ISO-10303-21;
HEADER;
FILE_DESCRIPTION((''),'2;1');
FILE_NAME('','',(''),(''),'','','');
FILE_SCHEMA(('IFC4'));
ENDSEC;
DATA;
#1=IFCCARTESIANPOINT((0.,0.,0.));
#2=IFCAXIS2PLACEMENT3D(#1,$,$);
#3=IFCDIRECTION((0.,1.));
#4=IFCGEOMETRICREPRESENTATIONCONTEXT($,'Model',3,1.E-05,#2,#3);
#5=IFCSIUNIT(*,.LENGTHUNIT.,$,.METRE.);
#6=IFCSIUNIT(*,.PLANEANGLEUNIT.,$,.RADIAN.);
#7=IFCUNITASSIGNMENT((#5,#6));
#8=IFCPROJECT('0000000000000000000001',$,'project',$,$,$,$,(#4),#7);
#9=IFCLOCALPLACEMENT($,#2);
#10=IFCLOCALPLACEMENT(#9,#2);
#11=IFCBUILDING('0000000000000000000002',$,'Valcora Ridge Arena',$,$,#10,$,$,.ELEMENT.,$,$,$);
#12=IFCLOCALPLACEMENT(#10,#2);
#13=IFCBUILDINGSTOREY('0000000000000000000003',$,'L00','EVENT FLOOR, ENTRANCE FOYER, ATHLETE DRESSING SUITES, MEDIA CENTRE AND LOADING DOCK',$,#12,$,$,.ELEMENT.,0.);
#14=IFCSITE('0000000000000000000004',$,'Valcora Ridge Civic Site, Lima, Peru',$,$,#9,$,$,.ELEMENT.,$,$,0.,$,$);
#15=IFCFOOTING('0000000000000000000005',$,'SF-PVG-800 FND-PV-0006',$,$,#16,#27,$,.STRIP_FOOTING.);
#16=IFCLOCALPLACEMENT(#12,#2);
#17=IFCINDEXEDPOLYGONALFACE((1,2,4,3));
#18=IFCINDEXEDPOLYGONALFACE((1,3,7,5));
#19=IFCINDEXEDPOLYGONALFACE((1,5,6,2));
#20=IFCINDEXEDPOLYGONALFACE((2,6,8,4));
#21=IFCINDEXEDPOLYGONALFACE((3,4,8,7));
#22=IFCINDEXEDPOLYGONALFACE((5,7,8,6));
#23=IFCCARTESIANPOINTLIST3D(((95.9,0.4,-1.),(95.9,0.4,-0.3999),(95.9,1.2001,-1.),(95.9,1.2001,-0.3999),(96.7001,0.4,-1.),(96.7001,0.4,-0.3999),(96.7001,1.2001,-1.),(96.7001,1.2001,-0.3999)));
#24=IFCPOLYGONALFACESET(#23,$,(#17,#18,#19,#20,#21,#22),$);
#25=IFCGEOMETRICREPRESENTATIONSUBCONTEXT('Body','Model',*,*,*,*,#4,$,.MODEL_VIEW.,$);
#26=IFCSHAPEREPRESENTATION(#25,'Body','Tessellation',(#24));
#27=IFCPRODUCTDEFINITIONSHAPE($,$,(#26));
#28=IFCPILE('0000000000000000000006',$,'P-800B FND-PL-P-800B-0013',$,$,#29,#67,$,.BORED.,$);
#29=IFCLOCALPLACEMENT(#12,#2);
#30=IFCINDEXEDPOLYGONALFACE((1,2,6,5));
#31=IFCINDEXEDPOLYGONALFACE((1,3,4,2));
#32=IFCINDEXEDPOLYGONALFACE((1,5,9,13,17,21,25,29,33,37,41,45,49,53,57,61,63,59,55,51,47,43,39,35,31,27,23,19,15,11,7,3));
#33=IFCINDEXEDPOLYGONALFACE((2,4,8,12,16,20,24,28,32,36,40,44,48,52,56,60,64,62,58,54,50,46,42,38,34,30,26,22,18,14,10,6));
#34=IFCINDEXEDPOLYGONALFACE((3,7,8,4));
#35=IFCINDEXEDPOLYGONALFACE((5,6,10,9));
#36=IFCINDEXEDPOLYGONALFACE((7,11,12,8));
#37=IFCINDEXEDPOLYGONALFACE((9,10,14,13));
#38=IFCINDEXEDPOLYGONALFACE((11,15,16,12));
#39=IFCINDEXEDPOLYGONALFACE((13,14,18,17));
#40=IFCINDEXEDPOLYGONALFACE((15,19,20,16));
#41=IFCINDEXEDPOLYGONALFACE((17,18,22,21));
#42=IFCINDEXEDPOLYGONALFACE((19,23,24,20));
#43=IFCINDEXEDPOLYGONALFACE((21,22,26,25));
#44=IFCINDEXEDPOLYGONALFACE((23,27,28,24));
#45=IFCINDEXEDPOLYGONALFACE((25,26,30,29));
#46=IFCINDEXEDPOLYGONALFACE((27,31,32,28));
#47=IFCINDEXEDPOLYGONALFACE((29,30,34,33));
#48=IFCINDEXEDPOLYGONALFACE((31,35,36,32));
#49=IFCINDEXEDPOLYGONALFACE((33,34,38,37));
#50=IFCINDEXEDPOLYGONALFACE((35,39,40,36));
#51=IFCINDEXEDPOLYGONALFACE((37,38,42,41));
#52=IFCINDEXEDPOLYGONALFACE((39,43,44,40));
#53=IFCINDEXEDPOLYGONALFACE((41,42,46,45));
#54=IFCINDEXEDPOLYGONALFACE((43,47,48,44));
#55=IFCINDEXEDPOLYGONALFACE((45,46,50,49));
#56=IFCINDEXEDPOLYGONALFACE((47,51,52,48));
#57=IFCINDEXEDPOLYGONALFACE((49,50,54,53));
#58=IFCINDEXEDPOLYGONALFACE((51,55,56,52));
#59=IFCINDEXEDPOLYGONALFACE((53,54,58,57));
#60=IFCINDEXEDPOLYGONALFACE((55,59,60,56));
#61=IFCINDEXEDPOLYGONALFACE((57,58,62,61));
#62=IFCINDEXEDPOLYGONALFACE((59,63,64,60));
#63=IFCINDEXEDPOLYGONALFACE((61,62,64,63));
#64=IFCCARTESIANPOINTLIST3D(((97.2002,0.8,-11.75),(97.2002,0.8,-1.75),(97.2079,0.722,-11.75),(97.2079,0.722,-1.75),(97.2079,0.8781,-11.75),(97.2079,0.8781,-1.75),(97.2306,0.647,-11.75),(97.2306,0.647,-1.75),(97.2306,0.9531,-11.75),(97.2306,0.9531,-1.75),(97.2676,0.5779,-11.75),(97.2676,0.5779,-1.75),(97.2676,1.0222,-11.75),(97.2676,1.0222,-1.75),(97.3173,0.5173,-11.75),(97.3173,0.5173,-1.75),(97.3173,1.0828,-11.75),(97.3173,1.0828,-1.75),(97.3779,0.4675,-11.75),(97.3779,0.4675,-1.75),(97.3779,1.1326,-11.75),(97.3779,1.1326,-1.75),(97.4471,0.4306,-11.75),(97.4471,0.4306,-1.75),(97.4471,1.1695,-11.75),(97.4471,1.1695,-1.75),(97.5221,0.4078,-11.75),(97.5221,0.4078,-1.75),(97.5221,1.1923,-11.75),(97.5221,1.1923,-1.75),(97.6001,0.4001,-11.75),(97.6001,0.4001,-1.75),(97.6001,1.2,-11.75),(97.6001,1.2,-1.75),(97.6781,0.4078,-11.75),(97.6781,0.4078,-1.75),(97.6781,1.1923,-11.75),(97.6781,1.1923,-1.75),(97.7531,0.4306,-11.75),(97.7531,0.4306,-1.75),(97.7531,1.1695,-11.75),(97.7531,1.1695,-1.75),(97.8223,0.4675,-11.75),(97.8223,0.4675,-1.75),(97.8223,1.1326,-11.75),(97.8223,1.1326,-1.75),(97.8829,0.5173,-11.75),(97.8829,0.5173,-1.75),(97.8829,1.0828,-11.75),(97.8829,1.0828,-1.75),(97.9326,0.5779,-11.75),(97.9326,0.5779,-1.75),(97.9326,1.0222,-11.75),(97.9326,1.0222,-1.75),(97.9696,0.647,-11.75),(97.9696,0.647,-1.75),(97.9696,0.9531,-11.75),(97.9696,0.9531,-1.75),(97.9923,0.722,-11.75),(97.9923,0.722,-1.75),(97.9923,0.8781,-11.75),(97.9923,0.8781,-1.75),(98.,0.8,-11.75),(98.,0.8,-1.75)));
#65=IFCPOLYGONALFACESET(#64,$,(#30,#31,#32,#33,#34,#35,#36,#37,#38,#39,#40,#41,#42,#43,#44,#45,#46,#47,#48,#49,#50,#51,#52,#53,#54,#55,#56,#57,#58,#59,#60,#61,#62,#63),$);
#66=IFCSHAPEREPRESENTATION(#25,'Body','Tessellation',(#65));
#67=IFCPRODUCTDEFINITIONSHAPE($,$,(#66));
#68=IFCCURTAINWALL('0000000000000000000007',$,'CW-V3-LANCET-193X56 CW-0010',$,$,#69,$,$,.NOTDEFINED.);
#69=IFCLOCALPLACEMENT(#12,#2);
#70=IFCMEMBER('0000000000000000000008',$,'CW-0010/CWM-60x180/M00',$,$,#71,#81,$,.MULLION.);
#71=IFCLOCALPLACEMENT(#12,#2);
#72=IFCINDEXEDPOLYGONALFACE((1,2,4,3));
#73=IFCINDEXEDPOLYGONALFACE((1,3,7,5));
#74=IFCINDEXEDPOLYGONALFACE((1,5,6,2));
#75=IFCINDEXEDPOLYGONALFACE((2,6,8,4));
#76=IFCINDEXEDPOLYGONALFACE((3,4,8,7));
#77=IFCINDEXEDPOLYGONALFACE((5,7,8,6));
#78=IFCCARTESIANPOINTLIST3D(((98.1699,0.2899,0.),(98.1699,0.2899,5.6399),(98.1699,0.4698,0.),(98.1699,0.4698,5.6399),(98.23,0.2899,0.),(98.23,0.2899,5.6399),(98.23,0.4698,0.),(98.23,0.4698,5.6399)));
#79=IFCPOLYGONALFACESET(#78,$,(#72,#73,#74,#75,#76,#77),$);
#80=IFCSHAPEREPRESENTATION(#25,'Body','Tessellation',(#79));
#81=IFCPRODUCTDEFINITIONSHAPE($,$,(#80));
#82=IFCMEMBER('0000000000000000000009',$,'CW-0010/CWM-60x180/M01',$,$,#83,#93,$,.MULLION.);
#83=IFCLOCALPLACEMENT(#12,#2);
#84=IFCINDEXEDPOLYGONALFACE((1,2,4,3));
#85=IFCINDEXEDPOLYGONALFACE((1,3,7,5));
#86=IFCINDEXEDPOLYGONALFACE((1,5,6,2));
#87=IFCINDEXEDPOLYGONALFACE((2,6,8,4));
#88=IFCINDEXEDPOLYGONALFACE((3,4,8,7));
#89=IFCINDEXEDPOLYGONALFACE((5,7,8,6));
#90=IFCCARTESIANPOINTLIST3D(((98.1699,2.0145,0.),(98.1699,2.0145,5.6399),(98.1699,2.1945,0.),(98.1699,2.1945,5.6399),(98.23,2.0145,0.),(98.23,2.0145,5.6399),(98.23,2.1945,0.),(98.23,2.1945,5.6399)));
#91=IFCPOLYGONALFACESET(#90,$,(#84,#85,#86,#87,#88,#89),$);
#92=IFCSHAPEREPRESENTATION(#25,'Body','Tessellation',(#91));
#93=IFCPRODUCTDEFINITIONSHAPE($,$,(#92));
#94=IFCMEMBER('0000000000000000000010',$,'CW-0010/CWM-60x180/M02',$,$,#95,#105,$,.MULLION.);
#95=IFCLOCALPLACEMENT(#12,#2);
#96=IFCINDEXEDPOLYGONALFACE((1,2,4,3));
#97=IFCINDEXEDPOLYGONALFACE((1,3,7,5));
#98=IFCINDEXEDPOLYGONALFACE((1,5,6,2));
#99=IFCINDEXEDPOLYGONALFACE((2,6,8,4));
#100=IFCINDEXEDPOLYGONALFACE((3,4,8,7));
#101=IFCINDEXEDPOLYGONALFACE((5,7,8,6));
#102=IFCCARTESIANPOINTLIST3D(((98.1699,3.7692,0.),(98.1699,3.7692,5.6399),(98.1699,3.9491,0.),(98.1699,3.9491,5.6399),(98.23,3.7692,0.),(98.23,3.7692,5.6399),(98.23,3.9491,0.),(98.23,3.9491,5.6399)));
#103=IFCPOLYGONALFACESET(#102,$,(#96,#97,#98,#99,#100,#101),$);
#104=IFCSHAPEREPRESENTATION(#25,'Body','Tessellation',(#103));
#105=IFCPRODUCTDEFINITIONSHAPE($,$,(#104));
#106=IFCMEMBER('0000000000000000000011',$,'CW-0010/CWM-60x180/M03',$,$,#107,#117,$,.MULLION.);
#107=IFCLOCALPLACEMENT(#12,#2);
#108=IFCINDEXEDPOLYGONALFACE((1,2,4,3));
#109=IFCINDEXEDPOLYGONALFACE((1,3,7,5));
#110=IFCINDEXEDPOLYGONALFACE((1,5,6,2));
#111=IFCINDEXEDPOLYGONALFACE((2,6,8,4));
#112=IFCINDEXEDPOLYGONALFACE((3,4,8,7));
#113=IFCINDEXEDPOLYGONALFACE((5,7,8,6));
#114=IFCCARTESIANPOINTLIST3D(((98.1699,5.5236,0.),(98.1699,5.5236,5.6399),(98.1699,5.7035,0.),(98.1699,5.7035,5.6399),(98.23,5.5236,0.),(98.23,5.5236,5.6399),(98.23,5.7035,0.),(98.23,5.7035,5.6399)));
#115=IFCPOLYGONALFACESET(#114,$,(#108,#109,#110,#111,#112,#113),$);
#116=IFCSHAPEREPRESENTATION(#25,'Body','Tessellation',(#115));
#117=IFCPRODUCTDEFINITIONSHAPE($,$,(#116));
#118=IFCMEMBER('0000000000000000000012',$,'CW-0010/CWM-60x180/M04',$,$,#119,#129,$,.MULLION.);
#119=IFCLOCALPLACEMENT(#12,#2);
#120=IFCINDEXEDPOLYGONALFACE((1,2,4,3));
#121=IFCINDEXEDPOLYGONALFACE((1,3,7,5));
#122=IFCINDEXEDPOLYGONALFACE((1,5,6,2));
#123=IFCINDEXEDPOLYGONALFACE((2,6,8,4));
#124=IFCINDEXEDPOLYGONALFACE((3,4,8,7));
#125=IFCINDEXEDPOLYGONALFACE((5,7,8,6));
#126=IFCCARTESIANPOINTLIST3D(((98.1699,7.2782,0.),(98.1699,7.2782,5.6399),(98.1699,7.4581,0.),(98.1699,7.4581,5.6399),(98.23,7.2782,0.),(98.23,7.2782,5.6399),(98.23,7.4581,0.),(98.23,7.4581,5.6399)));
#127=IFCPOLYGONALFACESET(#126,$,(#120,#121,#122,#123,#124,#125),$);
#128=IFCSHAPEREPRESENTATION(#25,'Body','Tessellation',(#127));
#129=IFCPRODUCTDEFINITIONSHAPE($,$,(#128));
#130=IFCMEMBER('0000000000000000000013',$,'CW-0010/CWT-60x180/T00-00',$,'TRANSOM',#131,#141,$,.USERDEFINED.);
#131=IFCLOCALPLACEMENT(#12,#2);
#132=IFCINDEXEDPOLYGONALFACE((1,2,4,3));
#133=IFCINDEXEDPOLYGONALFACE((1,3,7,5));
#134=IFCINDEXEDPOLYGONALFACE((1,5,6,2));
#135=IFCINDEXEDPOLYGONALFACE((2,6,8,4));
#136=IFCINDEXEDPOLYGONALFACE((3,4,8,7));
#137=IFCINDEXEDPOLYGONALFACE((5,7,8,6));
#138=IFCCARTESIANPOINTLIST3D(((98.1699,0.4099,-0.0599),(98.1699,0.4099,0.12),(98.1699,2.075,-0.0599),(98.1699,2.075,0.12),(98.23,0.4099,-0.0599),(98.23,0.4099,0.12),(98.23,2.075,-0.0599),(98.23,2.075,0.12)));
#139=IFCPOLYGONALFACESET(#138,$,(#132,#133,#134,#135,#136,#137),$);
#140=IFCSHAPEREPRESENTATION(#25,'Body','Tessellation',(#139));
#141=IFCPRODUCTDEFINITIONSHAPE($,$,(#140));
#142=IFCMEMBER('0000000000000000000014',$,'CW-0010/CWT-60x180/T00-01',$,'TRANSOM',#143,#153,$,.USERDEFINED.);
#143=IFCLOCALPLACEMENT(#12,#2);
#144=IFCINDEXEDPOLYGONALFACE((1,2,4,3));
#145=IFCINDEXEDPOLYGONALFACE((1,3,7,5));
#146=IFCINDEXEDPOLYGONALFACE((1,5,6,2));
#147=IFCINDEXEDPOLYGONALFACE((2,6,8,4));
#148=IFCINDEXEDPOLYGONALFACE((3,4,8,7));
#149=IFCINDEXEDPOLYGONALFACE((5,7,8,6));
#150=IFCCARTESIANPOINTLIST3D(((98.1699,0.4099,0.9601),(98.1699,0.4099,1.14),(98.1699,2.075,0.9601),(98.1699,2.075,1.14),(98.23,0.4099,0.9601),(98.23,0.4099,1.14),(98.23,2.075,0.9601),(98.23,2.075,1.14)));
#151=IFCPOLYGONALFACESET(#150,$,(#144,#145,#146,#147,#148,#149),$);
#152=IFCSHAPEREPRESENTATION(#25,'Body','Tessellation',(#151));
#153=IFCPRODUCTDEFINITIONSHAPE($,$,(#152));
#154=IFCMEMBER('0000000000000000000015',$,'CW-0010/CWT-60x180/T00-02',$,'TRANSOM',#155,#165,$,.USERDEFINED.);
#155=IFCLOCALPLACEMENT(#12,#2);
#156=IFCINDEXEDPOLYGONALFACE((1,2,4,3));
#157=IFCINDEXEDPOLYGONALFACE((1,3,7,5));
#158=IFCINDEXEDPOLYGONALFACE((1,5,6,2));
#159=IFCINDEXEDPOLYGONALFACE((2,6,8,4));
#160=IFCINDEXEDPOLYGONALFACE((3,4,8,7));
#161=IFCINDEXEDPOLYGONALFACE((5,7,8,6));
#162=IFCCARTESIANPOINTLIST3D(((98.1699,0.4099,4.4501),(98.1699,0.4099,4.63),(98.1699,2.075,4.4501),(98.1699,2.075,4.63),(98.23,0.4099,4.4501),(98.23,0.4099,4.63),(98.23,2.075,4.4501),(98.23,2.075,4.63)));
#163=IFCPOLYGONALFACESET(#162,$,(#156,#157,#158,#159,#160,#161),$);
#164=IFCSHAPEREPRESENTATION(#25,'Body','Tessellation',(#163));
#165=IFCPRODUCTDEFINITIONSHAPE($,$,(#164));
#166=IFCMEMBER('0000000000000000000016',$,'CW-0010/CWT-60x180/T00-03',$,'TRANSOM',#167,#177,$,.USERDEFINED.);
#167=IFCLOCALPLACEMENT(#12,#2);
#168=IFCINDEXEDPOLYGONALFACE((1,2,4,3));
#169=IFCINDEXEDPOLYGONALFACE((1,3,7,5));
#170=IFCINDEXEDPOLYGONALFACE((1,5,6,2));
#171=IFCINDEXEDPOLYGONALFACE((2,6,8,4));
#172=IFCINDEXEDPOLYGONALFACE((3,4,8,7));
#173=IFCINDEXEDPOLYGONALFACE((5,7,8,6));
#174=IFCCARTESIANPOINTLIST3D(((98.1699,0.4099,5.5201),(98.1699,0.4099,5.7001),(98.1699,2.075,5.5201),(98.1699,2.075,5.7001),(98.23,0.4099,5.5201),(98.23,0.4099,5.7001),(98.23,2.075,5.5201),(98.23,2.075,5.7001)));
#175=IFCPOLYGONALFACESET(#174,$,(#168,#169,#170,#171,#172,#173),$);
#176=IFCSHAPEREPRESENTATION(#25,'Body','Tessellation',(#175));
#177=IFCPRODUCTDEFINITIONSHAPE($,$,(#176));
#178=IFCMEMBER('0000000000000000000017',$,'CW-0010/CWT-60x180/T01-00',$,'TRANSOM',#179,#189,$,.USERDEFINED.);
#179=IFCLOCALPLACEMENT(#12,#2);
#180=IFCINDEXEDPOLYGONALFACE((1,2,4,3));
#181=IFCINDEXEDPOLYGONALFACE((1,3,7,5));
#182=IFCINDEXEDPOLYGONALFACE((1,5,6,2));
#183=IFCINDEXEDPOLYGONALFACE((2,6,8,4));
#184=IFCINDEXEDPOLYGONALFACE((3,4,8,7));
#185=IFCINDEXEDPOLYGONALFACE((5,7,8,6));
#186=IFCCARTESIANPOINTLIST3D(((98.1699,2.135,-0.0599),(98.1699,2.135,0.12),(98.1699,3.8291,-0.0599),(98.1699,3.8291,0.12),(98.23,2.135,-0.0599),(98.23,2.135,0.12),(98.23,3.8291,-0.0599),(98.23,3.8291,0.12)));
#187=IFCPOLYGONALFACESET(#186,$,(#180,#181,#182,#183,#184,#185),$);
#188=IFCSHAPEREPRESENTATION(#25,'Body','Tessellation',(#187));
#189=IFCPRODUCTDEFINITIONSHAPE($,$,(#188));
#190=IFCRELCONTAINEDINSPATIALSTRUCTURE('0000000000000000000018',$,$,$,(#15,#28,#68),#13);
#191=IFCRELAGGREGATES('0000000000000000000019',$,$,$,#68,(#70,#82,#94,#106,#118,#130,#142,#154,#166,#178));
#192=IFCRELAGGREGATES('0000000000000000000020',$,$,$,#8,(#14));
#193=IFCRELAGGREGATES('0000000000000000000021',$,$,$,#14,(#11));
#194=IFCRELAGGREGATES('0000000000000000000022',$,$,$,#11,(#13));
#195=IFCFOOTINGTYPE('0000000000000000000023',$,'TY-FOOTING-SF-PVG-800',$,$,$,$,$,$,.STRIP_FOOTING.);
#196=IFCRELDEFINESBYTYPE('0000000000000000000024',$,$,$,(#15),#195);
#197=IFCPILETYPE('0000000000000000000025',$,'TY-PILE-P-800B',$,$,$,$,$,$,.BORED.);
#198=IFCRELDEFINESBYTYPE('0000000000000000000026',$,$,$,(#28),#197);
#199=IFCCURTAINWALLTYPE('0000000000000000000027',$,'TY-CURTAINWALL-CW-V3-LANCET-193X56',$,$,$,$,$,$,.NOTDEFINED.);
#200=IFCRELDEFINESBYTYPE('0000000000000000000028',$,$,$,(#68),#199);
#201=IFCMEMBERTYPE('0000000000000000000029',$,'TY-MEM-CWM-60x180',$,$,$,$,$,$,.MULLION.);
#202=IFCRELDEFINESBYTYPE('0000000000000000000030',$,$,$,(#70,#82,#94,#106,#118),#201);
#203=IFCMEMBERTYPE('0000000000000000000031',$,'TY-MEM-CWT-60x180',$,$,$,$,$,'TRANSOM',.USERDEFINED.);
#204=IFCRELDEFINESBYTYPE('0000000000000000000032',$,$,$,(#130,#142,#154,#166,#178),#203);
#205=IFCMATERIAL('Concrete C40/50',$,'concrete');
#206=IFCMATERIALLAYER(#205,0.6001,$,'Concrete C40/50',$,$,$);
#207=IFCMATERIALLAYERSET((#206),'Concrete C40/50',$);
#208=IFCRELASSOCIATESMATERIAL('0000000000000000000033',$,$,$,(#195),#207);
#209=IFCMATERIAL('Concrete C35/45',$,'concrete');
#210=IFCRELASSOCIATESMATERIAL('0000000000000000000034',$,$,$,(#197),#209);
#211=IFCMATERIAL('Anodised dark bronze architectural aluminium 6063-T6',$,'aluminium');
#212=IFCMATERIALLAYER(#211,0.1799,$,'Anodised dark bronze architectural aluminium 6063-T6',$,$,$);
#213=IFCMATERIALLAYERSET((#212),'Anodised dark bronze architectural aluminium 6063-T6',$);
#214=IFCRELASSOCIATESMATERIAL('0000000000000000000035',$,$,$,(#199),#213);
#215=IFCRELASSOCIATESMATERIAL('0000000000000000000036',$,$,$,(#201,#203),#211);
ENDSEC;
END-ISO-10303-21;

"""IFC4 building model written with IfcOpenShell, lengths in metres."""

from ifc_helpers import new_model, si_unit, direction, frame, origin, origin_2d, place, context, subcontext, project, spatial, rectangle, circle, extrude, material, layer, layer_set, material_profile, profile_set, type_object, element, aggregate, save


model = new_model("IFC4")

# Units and contexts
model_context = context("Model", 3, precision=1e-05, world=origin(), true_north=direction((0.0, 1.0)))
body_context = subcontext(model_context, "Body", "Model", "MODEL_VIEW")
ifc_project = project(units=[si_unit("LENGTHUNIT", "METRE"), si_unit("PLANEANGLEUNIT", "RADIAN")], contexts=[model_context])

# Site, building, storey
site_placement = place(None, origin())
site = spatial("IfcSite", under=ifc_project, at=site_placement, Name="Valcora Ridge Civic Site, Lima, Peru", CompositionType="ELEMENT", RefElevation=0.0)
building_placement = place(site_placement, origin())
building = spatial("IfcBuilding", under=site, at=building_placement, Name="Valcora Ridge Arena", CompositionType="ELEMENT")
storey_placement = place(building_placement, origin())
storey = spatial("IfcBuildingStorey", under=building, at=storey_placement, Name="L00", Description="EVENT FLOOR, ENTRANCE FOYER, ATHLETE DRESSING SUITES, MEDIA CENTRE AND LOADING DOCK", CompositionType="ELEMENT", Elevation=0.0)

# Footing
ifc_material_1 = material(Name="Concrete C40/50", Category="concrete")
ifc_layer_1 = layer(ifc_material_1, 0.6001, Name="Concrete C40/50")
ifc_layer_set_1 = layer_set([ifc_layer_1], Name="Concrete C40/50")
footing_type = type_object("IfcFootingType", Name="TY-FOOTING-SF-PVG-800", PredefinedType="STRIP_FOOTING", material=ifc_layer_set_1)
footing_placement = place(storey_placement, frame((96.3, 0.8, -1.0), z_axis=(0.0, 0.0, 1.0), x_axis=(1.0, 0.0, 0.0)))
element("IfcFooting", 1, at=footing_placement, inside=storey, type_object=footing_type, Name="SF-PVG-800 FND-PV-0006", PredefinedType="STRIP_FOOTING", context=body_context, shape_type="SweptSolid", body=[
    extrude(rectangle(XDim=0.8, YDim=0.8, at=origin_2d()), origin(), (0.0, 0.0, 1.0), 0.6001),
])

# Pile
ifc_material_2 = material(Name="Concrete C35/45", Category="concrete")
ifc_material_profile_1 = material_profile(ifc_material_2, circle(Radius=0.3999, at=origin_2d()), Name="BORED PILE D800")
ifc_profile_set_1 = profile_set([ifc_material_profile_1], Name="Concrete C35/45")
pile_type = type_object("IfcPileType", Name="TY-PILE-P-800B", PredefinedType="BORED", material=ifc_profile_set_1)
pile_placement = place(storey_placement, frame((97.6001, 0.8, -1.75), z_axis=(0.0, 0.0, -1.0), x_axis=(1.0, 0.0, 0.0)))
element("IfcPile", 2, at=pile_placement, inside=storey, type_object=pile_type, Name="P-800B FND-PL-P-800B-0013", PredefinedType="BORED", context=body_context, shape_type="SweptSolid", body=[
    extrude(circle(Radius=0.3999, at=origin_2d()), origin(), (0.0, 0.0, 1.0), 10.0),
])

# Curtain wall, members
ifc_material_3 = material(Name="Anodised dark bronze architectural aluminium 6063-T6", Category="aluminium")
ifc_layer_2 = layer(ifc_material_3, 0.1799, Name="Anodised dark bronze architectural aluminium 6063-T6")
ifc_layer_set_2 = layer_set([ifc_layer_2], Name="Anodised dark bronze architectural aluminium 6063-T6")
curtain_wall_type = type_object("IfcCurtainWallType", Name="TY-CURTAINWALL-CW-V3-LANCET-193X56", PredefinedType="NOTDEFINED", material=ifc_layer_set_2)
curtain_wall_placement = place(storey_placement, origin())
curtain_wall = element("IfcCurtainWall", 3, at=curtain_wall_placement, inside=storey, type_object=curtain_wall_type, Name="CW-V3-LANCET-193X56 CW-0010", PredefinedType="NOTDEFINED")
ifc_material_profile_2 = material_profile(ifc_material_3, rectangle(XDim=0.0601, YDim=0.1799, at=origin_2d()), Name="ALU MULLION 60x180")
ifc_profile_set_2 = profile_set([ifc_material_profile_2], Name="Anodised dark bronze architectural aluminium 6063-T6")
member_type_1 = type_object("IfcMemberType", Name="TY-MEM-CWM-60x180", PredefinedType="MULLION", material=ifc_profile_set_2)
member_1_placement = place(storey_placement, frame((98.2, 0.3799, 0.0), z_axis=(0.0, 0.0, 1.0), x_axis=(-1.0, 0.0, 0.0)))
member_1 = element("IfcMember", 4, at=member_1_placement, type_object=member_type_1, Name="CW-0010/CWM-60x180/M00", PredefinedType="MULLION", context=body_context, shape_type="SweptSolid", body=[
    extrude(rectangle(XDim=0.0601, YDim=0.1799, at=origin_2d()), origin(), (0.0, 0.0, 1.0), 5.6399),
])
member_2_placement = place(storey_placement, frame((98.2, 2.1045, 0.0), z_axis=(0.0, 0.0, 1.0), x_axis=(-1.0, 0.0, 0.0)))
member_2 = element("IfcMember", 5, at=member_2_placement, type_object=member_type_1, Name="CW-0010/CWM-60x180/M01", PredefinedType="MULLION", context=body_context, shape_type="SweptSolid", body=[
    extrude(rectangle(XDim=0.0601, YDim=0.1799, at=origin_2d()), origin(), (0.0, 0.0, 1.0), 5.6399),
])
member_3_placement = place(storey_placement, frame((98.2, 3.8591, 0.0), z_axis=(0.0, 0.0, 1.0), x_axis=(-1.0, 0.0, 0.0)))
member_3 = element("IfcMember", 6, at=member_3_placement, type_object=member_type_1, Name="CW-0010/CWM-60x180/M02", PredefinedType="MULLION", context=body_context, shape_type="SweptSolid", body=[
    extrude(rectangle(XDim=0.0601, YDim=0.1799, at=origin_2d()), origin(), (0.0, 0.0, 1.0), 5.6399),
])
member_4_placement = place(storey_placement, frame((98.2, 5.6135, 0.0), z_axis=(0.0, 0.0, 1.0), x_axis=(-1.0, 0.0, 0.0)))
member_4 = element("IfcMember", 7, at=member_4_placement, type_object=member_type_1, Name="CW-0010/CWM-60x180/M03", PredefinedType="MULLION", context=body_context, shape_type="SweptSolid", body=[
    extrude(rectangle(XDim=0.0601, YDim=0.1799, at=origin_2d()), origin(), (0.0, 0.0, 1.0), 5.6399),
])
member_5_placement = place(storey_placement, frame((98.2, 7.3682, 0.0), z_axis=(0.0, 0.0, 1.0), x_axis=(-1.0, 0.0, 0.0)))
member_5 = element("IfcMember", 8, at=member_5_placement, type_object=member_type_1, Name="CW-0010/CWM-60x180/M04", PredefinedType="MULLION", context=body_context, shape_type="SweptSolid", body=[
    extrude(rectangle(XDim=0.0601, YDim=0.1799, at=origin_2d()), origin(), (0.0, 0.0, 1.0), 5.6399),
])
ifc_material_profile_3 = material_profile(ifc_material_3, rectangle(XDim=0.0601, YDim=0.1799, at=origin_2d()), Name="ALU TRANSOM 60x180")
ifc_profile_set_3 = profile_set([ifc_material_profile_3], Name="Anodised dark bronze architectural aluminium 6063-T6")
member_type_2 = type_object("IfcMemberType", Name="TY-MEM-CWT-60x180", ElementType="TRANSOM", PredefinedType="USERDEFINED", material=ifc_profile_set_3)
member_6_placement = place(storey_placement, frame((98.2, 0.4099, 0.03), z_axis=(0.0, 1.0, 0.0), x_axis=(-1.0, 0.0, 0.0)))
member_6 = element("IfcMember", 9, at=member_6_placement, type_object=member_type_2, Name="CW-0010/CWT-60x180/T00-00", ObjectType="TRANSOM", PredefinedType="USERDEFINED", context=body_context, shape_type="SweptSolid", body=[
    extrude(rectangle(XDim=0.0601, YDim=0.1799, at=origin_2d()), origin(), (0.0, 0.0, 1.0), 1.665),
])
member_7_placement = place(storey_placement, frame((98.2, 0.4099, 1.05), z_axis=(0.0, 1.0, 0.0), x_axis=(-1.0, 0.0, 0.0)))
member_7 = element("IfcMember", 10, at=member_7_placement, type_object=member_type_2, Name="CW-0010/CWT-60x180/T00-01", ObjectType="TRANSOM", PredefinedType="USERDEFINED", context=body_context, shape_type="SweptSolid", body=[
    extrude(rectangle(XDim=0.0601, YDim=0.1799, at=origin_2d()), origin(), (0.0, 0.0, 1.0), 1.665),
])
member_8_placement = place(storey_placement, frame((98.2, 0.4099, 4.54), z_axis=(0.0, 1.0, 0.0), x_axis=(-1.0, 0.0, 0.0)))
member_8 = element("IfcMember", 11, at=member_8_placement, type_object=member_type_2, Name="CW-0010/CWT-60x180/T00-02", ObjectType="TRANSOM", PredefinedType="USERDEFINED", context=body_context, shape_type="SweptSolid", body=[
    extrude(rectangle(XDim=0.0601, YDim=0.1799, at=origin_2d()), origin(), (0.0, 0.0, 1.0), 1.665),
])
member_9_placement = place(storey_placement, frame((98.2, 0.4099, 5.6101), z_axis=(0.0, 1.0, 0.0), x_axis=(-1.0, 0.0, 0.0)))
member_9 = element("IfcMember", 12, at=member_9_placement, type_object=member_type_2, Name="CW-0010/CWT-60x180/T00-03", ObjectType="TRANSOM", PredefinedType="USERDEFINED", context=body_context, shape_type="SweptSolid", body=[
    extrude(rectangle(XDim=0.0601, YDim=0.1799, at=origin_2d()), origin(), (0.0, 0.0, 1.0), 1.665),
])
member_10_placement = place(storey_placement, frame((98.2, 2.135, 0.03), z_axis=(0.0, 1.0, 0.0), x_axis=(-1.0, 0.0, 0.0)))
member_10 = element("IfcMember", 13, at=member_10_placement, type_object=member_type_2, Name="CW-0010/CWT-60x180/T01-00", ObjectType="TRANSOM", PredefinedType="USERDEFINED", context=body_context, shape_type="SweptSolid", body=[
    extrude(rectangle(XDim=0.0601, YDim=0.1799, at=origin_2d()), origin(), (0.0, 0.0, 1.0), 1.6941),
])
aggregate(curtain_wall, [member_1, member_2, member_3, member_4, member_5, member_6, member_7, member_8, member_9, member_10])

save(model, "model.ifc")
